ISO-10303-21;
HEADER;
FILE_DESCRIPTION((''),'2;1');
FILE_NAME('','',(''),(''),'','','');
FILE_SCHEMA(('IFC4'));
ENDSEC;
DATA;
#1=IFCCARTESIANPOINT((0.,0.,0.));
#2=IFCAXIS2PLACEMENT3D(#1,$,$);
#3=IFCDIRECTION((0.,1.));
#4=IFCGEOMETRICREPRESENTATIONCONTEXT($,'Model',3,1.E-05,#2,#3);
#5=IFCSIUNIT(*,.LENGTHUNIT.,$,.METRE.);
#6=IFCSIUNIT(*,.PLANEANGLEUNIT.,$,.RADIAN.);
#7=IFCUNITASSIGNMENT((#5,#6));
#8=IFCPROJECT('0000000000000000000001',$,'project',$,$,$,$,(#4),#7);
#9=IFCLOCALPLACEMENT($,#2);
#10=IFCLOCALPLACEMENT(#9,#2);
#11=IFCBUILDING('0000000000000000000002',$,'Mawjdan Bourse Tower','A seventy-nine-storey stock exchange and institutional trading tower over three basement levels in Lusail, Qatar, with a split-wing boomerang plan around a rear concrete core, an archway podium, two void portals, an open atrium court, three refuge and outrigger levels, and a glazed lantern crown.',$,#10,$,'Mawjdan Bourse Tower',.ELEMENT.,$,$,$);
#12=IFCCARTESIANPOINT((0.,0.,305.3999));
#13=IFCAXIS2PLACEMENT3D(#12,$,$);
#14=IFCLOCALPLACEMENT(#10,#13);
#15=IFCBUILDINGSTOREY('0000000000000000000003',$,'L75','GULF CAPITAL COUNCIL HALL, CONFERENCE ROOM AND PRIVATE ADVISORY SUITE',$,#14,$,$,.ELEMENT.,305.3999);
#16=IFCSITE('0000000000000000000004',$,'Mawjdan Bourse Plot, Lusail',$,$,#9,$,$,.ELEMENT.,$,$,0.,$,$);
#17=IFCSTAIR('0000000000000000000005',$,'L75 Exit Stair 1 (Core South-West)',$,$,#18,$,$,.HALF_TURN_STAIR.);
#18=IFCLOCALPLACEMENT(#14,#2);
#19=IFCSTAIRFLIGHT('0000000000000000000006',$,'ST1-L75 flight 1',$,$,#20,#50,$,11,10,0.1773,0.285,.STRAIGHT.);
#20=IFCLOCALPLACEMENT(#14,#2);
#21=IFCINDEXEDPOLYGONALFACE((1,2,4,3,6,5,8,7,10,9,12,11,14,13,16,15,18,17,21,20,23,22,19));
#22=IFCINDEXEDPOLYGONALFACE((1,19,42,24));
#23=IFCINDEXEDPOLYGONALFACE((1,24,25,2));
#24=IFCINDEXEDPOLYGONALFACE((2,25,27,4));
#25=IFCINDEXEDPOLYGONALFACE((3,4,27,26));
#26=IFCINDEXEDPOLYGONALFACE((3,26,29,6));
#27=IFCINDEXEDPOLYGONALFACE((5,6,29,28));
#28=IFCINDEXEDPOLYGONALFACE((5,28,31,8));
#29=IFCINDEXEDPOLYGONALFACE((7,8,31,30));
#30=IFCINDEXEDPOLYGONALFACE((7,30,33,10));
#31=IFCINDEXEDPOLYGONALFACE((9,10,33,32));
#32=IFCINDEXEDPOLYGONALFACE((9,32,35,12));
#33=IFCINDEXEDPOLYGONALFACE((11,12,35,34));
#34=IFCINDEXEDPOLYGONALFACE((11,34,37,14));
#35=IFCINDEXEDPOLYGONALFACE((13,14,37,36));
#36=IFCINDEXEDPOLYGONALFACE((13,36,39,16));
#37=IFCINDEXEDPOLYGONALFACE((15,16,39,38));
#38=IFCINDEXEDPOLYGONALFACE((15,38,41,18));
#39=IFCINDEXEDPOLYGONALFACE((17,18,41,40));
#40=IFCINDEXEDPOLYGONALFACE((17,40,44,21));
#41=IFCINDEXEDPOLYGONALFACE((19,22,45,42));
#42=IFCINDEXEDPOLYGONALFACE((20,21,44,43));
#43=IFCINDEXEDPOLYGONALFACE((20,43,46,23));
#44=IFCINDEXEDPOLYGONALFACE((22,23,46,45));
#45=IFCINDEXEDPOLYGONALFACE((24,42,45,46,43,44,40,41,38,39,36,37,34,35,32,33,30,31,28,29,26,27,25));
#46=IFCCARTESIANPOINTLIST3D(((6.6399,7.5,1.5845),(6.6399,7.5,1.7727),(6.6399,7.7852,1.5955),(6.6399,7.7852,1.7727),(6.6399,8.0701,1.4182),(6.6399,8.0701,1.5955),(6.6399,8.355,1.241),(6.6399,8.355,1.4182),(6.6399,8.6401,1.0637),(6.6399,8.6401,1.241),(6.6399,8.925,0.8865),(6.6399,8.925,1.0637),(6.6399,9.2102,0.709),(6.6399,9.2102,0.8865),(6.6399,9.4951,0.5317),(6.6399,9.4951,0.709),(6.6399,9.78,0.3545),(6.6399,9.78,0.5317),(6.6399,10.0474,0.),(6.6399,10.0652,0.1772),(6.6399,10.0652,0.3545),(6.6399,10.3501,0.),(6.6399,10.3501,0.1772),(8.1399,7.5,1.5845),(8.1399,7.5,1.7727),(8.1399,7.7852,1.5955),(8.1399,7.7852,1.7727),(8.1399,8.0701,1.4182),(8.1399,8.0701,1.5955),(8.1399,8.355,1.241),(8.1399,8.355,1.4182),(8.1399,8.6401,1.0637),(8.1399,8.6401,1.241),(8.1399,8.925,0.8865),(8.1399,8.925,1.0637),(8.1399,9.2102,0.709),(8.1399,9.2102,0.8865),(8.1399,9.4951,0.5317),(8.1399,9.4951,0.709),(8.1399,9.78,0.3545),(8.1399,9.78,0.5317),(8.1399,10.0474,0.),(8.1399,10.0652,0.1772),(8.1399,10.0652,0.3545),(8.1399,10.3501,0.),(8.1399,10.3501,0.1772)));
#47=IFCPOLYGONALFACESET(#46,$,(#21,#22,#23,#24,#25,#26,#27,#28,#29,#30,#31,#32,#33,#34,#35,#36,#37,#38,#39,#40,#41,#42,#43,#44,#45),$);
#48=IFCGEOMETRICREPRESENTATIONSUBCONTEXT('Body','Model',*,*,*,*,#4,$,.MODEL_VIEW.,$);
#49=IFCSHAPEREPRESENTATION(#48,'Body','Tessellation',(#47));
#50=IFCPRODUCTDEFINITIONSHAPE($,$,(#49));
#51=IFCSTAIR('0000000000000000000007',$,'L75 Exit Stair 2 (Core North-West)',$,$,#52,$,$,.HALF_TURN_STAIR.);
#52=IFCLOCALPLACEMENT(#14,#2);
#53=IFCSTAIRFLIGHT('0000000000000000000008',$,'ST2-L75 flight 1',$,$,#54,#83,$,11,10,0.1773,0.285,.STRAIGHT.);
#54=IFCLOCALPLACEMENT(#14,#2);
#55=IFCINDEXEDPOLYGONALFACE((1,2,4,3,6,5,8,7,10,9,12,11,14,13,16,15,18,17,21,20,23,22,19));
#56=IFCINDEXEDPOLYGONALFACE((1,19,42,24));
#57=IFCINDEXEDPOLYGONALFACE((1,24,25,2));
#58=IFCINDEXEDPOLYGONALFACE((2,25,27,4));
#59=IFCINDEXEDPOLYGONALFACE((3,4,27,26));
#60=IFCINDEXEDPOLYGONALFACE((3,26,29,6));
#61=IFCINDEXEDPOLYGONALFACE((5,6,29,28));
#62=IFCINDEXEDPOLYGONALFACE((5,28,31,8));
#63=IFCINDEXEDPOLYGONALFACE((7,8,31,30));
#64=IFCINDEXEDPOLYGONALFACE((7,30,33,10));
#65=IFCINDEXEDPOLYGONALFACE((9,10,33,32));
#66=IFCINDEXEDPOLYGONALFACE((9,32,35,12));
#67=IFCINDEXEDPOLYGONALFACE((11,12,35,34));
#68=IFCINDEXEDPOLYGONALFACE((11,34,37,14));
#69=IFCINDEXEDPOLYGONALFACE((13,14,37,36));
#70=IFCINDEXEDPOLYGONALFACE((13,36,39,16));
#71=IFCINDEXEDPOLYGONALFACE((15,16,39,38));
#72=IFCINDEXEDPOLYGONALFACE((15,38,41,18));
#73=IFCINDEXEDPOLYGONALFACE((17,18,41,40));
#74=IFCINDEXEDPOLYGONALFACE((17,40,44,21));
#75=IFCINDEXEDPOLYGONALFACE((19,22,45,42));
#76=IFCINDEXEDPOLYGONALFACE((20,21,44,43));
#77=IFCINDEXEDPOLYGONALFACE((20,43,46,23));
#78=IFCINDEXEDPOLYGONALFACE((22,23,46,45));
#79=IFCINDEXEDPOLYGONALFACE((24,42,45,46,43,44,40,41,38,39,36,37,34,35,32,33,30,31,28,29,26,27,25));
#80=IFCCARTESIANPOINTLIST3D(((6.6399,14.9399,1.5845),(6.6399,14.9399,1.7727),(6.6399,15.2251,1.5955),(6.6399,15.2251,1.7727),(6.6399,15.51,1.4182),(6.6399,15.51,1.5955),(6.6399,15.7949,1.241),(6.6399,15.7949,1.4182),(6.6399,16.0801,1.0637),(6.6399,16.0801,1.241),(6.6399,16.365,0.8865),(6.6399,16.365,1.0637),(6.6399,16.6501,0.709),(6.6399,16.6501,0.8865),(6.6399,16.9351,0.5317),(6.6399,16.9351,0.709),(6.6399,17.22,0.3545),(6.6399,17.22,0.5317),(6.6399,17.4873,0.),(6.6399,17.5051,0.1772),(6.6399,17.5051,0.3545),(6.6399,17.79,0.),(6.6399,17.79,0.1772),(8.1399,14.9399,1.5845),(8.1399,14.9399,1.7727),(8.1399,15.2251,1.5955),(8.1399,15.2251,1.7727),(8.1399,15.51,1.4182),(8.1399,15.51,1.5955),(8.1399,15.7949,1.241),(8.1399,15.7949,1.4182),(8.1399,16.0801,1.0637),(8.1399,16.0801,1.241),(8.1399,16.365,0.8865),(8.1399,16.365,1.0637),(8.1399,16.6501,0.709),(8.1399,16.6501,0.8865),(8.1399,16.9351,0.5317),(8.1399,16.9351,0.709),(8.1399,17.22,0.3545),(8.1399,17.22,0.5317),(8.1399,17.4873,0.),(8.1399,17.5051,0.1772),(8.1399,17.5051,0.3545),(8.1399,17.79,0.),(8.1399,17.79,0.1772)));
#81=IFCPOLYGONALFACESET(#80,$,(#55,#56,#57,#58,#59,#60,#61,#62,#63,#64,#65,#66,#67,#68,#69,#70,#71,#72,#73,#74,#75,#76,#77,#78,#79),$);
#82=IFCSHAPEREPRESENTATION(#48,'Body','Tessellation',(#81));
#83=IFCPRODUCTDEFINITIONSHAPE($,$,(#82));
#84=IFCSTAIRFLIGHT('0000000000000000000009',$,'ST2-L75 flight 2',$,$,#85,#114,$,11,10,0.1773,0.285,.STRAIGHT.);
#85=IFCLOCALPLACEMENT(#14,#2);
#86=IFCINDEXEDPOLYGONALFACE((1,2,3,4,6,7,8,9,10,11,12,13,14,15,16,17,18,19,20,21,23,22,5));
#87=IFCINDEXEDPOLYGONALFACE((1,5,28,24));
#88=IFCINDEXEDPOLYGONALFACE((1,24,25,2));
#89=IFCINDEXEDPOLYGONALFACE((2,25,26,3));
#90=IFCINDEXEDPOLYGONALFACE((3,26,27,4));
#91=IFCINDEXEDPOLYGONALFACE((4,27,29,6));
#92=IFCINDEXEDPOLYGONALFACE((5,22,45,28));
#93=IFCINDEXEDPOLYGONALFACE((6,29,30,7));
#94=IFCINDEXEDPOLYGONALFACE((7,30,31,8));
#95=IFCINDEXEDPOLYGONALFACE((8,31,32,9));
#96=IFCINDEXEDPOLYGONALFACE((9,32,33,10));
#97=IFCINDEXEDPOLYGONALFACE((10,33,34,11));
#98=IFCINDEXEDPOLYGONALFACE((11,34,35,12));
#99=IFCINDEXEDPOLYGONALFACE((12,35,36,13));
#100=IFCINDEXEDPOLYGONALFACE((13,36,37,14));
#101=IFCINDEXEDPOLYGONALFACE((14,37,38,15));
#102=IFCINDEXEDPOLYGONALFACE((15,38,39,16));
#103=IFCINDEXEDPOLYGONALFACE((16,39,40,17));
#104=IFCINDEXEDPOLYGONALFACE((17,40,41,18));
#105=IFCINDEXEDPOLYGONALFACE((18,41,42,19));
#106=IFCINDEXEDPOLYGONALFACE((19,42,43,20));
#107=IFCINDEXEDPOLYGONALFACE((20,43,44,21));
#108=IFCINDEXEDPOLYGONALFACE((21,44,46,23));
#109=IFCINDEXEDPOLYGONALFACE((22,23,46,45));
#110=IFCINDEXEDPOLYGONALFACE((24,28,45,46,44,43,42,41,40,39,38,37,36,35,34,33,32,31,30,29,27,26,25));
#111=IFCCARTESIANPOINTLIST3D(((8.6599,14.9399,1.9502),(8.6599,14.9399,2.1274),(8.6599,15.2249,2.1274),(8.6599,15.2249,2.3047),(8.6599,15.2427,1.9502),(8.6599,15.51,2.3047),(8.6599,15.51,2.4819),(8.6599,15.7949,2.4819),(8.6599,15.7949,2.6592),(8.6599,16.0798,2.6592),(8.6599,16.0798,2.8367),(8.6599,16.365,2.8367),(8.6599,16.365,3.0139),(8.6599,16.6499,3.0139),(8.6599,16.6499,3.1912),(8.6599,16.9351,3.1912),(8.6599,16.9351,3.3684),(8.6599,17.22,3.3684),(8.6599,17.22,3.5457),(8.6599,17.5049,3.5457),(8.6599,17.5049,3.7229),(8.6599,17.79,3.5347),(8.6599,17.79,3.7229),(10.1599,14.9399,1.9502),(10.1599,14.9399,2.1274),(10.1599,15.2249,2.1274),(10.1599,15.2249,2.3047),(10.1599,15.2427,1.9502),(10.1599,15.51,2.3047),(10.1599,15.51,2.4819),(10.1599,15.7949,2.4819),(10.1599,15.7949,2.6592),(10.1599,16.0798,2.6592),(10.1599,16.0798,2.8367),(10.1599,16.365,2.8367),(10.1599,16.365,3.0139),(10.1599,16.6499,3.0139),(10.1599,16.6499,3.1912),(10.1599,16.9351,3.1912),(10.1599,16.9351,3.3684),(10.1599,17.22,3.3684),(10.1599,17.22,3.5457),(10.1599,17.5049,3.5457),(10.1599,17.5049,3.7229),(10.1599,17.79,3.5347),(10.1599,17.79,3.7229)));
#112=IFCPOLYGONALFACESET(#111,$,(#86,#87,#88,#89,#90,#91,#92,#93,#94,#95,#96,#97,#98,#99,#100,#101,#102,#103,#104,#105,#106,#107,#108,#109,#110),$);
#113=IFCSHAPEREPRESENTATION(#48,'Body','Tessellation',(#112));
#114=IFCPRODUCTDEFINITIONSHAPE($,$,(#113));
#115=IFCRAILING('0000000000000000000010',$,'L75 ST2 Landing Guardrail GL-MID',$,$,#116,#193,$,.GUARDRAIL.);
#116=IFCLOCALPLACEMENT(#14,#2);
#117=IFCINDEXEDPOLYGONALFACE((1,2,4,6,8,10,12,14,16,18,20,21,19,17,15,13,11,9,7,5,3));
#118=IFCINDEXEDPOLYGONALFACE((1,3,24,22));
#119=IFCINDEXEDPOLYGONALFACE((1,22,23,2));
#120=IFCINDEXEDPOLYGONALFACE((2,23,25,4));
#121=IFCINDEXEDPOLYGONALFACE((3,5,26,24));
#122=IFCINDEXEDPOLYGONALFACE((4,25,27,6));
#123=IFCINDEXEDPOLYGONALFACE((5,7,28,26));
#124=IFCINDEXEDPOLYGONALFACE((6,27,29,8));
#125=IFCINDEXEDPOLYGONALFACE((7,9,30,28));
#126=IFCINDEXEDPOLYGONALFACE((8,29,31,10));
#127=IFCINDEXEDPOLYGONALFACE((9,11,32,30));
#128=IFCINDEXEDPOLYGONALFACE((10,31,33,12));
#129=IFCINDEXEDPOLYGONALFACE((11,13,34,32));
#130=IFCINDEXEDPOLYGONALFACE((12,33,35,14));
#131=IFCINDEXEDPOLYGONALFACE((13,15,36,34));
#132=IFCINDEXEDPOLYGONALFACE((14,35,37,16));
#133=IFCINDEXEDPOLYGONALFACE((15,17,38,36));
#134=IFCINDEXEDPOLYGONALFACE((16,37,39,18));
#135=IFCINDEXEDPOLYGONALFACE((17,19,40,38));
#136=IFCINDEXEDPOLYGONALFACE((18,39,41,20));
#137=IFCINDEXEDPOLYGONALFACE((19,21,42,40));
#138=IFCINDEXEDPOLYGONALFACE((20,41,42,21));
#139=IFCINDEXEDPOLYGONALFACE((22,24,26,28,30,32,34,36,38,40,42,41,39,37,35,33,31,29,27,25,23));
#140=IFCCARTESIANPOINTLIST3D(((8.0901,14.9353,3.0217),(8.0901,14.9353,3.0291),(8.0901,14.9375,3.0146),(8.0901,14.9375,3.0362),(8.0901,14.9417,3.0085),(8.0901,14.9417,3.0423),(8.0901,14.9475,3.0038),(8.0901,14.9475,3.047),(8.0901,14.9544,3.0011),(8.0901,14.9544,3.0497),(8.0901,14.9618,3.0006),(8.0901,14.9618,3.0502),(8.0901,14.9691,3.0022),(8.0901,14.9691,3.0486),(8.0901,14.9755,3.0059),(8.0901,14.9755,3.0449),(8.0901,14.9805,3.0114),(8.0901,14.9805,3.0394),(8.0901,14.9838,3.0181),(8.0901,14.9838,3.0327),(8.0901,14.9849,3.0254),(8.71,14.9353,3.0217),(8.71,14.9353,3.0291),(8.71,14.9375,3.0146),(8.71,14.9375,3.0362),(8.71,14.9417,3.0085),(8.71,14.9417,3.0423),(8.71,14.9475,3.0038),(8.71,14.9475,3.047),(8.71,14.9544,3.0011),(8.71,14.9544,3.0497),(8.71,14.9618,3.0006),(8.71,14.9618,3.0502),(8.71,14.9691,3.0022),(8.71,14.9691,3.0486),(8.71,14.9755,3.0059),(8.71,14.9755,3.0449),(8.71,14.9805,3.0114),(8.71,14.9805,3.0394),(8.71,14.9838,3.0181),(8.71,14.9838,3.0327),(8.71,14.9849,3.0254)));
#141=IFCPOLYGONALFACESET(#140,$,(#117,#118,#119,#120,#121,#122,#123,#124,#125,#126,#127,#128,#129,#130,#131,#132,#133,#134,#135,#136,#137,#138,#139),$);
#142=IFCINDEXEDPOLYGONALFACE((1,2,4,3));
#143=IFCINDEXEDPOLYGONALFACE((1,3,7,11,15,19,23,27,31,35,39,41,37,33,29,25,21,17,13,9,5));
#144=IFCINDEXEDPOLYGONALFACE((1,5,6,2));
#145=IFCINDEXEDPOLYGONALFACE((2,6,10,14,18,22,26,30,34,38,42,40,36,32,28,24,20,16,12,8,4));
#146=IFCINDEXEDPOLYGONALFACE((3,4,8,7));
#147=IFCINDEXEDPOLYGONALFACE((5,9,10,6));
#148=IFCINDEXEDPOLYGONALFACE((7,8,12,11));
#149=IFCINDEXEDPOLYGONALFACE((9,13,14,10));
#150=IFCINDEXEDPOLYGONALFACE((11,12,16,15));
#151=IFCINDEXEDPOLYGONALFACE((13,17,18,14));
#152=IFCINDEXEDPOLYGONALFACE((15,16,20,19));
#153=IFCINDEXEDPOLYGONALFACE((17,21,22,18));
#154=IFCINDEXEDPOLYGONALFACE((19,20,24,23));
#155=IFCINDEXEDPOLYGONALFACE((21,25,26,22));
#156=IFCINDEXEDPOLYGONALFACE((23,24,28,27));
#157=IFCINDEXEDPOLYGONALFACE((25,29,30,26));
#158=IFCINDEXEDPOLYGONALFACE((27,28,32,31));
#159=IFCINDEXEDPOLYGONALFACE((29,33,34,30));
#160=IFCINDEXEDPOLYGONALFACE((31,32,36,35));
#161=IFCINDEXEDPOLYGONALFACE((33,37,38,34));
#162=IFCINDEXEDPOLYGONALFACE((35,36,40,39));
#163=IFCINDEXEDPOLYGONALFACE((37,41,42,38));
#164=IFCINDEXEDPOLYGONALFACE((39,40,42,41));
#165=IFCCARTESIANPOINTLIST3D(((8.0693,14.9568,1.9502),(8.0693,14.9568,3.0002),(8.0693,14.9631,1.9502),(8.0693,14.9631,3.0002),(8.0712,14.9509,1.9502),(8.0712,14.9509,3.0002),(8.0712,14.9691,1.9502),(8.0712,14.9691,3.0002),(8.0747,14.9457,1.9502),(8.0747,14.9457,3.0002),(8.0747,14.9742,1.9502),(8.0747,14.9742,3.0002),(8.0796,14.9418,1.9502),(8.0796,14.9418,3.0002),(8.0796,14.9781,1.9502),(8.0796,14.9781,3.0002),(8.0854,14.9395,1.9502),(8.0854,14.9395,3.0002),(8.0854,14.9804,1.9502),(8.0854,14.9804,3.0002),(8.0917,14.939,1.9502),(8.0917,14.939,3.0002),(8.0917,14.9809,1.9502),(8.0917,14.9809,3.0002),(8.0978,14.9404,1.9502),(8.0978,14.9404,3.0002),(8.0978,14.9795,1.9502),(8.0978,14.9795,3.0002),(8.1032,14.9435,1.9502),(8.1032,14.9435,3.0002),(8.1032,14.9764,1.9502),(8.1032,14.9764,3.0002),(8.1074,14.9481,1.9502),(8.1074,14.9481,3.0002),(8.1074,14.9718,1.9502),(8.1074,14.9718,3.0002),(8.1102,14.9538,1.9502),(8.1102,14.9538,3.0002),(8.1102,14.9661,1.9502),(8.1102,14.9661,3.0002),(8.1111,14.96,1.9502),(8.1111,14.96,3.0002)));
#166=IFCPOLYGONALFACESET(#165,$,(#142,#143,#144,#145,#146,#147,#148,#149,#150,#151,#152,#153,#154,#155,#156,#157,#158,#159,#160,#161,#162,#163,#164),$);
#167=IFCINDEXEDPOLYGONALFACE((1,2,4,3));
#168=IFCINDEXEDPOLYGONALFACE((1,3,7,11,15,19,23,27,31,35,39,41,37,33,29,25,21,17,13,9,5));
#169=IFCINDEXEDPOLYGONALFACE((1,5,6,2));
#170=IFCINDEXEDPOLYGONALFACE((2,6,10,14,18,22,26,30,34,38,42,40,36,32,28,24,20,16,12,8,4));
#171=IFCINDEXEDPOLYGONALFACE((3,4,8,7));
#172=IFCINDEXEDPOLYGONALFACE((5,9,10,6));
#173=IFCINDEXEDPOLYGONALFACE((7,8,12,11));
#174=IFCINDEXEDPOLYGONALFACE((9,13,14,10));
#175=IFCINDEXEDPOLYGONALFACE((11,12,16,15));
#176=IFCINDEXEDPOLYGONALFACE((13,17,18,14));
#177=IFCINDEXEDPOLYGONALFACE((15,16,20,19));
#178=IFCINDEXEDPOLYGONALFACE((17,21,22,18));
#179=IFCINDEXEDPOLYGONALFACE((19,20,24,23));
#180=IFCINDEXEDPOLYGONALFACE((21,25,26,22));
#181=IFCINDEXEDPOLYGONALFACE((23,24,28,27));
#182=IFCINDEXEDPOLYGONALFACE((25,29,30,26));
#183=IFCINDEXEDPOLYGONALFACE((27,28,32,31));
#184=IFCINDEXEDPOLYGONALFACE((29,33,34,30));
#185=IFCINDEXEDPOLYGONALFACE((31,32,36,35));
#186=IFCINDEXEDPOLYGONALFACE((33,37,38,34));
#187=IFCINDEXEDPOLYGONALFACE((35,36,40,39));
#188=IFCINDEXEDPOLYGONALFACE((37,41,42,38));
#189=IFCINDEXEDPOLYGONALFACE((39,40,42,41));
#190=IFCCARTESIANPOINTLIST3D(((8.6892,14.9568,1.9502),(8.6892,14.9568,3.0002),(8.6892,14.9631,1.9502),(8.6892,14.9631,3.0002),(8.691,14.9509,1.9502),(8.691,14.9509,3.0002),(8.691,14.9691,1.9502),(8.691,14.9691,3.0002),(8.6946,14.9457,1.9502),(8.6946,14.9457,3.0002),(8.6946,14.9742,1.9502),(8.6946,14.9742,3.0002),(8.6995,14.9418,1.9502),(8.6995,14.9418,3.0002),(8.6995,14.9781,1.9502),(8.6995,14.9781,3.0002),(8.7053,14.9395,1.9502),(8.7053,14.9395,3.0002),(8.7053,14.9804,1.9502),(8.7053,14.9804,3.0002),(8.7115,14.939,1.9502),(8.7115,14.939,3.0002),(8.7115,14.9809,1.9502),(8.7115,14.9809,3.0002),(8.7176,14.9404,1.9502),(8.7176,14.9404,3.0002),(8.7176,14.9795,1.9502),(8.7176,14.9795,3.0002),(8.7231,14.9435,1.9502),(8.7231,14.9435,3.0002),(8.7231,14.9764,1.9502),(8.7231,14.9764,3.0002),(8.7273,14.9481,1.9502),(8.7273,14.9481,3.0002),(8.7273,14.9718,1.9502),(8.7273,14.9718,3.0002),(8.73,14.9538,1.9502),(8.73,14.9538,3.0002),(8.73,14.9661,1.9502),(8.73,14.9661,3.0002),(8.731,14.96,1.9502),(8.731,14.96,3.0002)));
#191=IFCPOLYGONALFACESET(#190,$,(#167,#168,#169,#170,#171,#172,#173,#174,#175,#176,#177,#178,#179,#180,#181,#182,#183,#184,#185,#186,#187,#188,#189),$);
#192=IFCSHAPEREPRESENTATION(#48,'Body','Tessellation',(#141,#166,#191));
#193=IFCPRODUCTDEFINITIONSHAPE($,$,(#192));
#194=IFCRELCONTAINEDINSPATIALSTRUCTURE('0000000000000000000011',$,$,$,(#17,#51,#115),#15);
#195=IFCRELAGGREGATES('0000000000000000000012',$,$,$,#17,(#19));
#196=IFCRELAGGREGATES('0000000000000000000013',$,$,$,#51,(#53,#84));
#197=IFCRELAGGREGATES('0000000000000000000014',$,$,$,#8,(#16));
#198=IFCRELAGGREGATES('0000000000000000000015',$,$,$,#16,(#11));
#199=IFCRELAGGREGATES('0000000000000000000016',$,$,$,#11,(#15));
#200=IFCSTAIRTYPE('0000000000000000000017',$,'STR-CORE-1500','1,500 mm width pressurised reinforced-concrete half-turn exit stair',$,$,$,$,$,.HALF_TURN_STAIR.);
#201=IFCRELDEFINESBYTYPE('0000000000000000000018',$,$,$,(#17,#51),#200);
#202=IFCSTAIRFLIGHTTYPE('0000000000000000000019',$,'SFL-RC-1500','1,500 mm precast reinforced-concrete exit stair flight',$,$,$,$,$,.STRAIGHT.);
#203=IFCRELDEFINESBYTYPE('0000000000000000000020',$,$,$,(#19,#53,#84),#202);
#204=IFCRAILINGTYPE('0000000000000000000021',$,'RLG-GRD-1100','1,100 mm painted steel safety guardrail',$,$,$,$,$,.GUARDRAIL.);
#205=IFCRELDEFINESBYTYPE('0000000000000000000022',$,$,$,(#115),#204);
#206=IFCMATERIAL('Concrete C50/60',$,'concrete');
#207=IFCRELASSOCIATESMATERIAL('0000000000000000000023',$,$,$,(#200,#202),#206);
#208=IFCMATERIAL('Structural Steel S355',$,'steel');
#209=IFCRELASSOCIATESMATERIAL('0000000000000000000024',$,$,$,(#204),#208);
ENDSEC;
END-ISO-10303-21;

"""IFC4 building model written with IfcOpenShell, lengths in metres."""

from ifc_helpers import new_model, si_unit, direction, frame, origin, origin_2d, place, context, subcontext, project, spatial, polyline, circle, outline, extrude, material, type_object, element, aggregate, save


model = new_model("IFC4")

# Units and contexts
model_context = context("Model", 3, precision=1e-05, world=origin(), true_north=direction((0.0, 1.0)))
body_context = subcontext(model_context, "Body", "Model", "MODEL_VIEW")
ifc_project = project(units=[si_unit("LENGTHUNIT", "METRE"), si_unit("PLANEANGLEUNIT", "RADIAN")], contexts=[model_context])

# Site, building, storey
site_placement = place(None, origin())
site = spatial("IfcSite", under=ifc_project, at=site_placement, Name="Mawjdan Bourse Plot, Lusail", CompositionType="ELEMENT", RefElevation=0.0)
building_placement = place(site_placement, origin())
building = spatial("IfcBuilding", under=site, at=building_placement, Name="Mawjdan Bourse Tower", Description="A seventy-nine-storey stock exchange and institutional trading tower over three basement levels in Lusail, Qatar, with a split-wing boomerang plan around a rear concrete core, an archway podium, two void portals, an open atrium court, three refuge and outrigger levels, and a glazed lantern crown.", LongName="Mawjdan Bourse Tower", CompositionType="ELEMENT")
storey_placement = place(building_placement, frame((0.0, 0.0, 305.3999)))
storey = spatial("IfcBuildingStorey", under=building, at=storey_placement, Name="L75", Description="GULF CAPITAL COUNCIL HALL, CONFERENCE ROOM AND PRIVATE ADVISORY SUITE", CompositionType="ELEMENT", Elevation=305.3999)

# Shared definitions
ifc_material_1 = material(Name="Concrete C50/60", Category="concrete")

# Stair, stair flight
stair_type = type_object("IfcStairType", Name="STR-CORE-1500", Description="1,500 mm width pressurised reinforced-concrete half-turn exit stair", PredefinedType="HALF_TURN_STAIR", material=ifc_material_1)
stair_1_placement = place(storey_placement, origin())
stair_1 = element("IfcStair", 1, at=stair_1_placement, inside=storey, type_object=stair_type, Name="L75 Exit Stair 1 (Core South-West)", PredefinedType="HALF_TURN_STAIR")
stair_flight_type = type_object("IfcStairFlightType", Name="SFL-RC-1500", Description="1,500 mm precast reinforced-concrete exit stair flight", PredefinedType="STRAIGHT", material=ifc_material_1)
stair_flight_1_placement = place(storey_placement, frame((7.3899, 10.3501, 0.0), z_axis=(0.0, 0.0, 1.0), x_axis=(0.0, -1.0, 0.0)))
stair_flight_1 = element("IfcStairFlight", 2, at=stair_flight_1_placement, type_object=stair_flight_type, Name="ST1-L75 flight 1", NumberOfRisers=11, NumberOfTreads=10, PredefinedType="STRAIGHT", RiserHeight=0.1773, TreadLength=0.285, context=body_context, shape_type="SweptSolid", body=[
    extrude(outline(polyline([(0.0, 0.0), (0.0, 0.1772), (0.2849, 0.1772), (0.2849, 0.3545), (0.5701, 0.3545), (0.5701, 0.5317), (0.855, 0.5317), (0.855, 0.709), (1.1399, 0.709), (1.1399, 0.8865), (1.425, 0.8865), (1.425, 1.0637), (1.71, 1.0637), (1.71, 1.241), (1.9951, 1.241), (1.9951, 1.4182), (2.28, 1.4182), (2.28, 1.5955), (2.5649, 1.5955), (2.5649, 1.7727), (2.8501, 1.7727), (2.8501, 1.95), (2.8501, 1.5845), (0.3027, 0.0), (0.0, 0.0)])), frame((0.0, 0.75, 0.0), z_axis=(0.0, -1.0, 0.0), x_axis=(1.0, 0.0, 0.0)), (0.0, 0.0, 1.0), 1.5),
])
aggregate(stair_1, [stair_flight_1])

# Stair, stair flights
stair_2_placement = place(storey_placement, origin())
stair_2 = element("IfcStair", 3, at=stair_2_placement, inside=storey, type_object=stair_type, Name="L75 Exit Stair 2 (Core North-West)", PredefinedType="HALF_TURN_STAIR")
stair_flight_2_placement = place(storey_placement, frame((7.3899, 17.79, 0.0), z_axis=(0.0, 0.0, 1.0), x_axis=(0.0, -1.0, 0.0)))
stair_flight_2 = element("IfcStairFlight", 4, at=stair_flight_2_placement, type_object=stair_flight_type, Name="ST2-L75 flight 1", NumberOfRisers=11, NumberOfTreads=10, PredefinedType="STRAIGHT", RiserHeight=0.1773, TreadLength=0.285, context=body_context, shape_type="SweptSolid", body=[
    extrude(outline(polyline([(0.0, 0.0), (0.0, 0.1772), (0.2849, 0.1772), (0.2849, 0.3545), (0.5701, 0.3545), (0.5701, 0.5317), (0.855, 0.5317), (0.855, 0.709), (1.1399, 0.709), (1.1399, 0.8865), (1.425, 0.8865), (1.425, 1.0637), (1.71, 1.0637), (1.71, 1.241), (1.9951, 1.241), (1.9951, 1.4182), (2.28, 1.4182), (2.28, 1.5955), (2.5649, 1.5955), (2.5649, 1.7727), (2.8501, 1.7727), (2.8501, 1.95), (2.8501, 1.5845), (0.3027, 0.0), (0.0, 0.0)])), frame((0.0, 0.75, 0.0), z_axis=(0.0, -1.0, 0.0), x_axis=(1.0, 0.0, 0.0)), (0.0, 0.0, 1.0), 1.5),
])
stair_flight_3_placement = place(storey_placement, frame((9.4099, 14.9399, 1.9502), z_axis=(0.0, 0.0, 1.0), x_axis=(0.0, 1.0, 0.0)))
stair_flight_3 = element("IfcStairFlight", 5, at=stair_flight_3_placement, type_object=stair_flight_type, Name="ST2-L75 flight 2", NumberOfRisers=11, NumberOfTreads=10, PredefinedType="STRAIGHT", RiserHeight=0.1773, TreadLength=0.285, context=body_context, shape_type="SweptSolid", body=[
    extrude(outline(polyline([(0.0, 0.0), (0.0, 0.1772), (0.2849, 0.1772), (0.2849, 0.3545), (0.5701, 0.3545), (0.5701, 0.5317), (0.855, 0.5317), (0.855, 0.709), (1.1399, 0.709), (1.1399, 0.8865), (1.425, 0.8865), (1.425, 1.0637), (1.71, 1.0637), (1.71, 1.241), (1.9951, 1.241), (1.9951, 1.4182), (2.28, 1.4182), (2.28, 1.5955), (2.5649, 1.5955), (2.5649, 1.7727), (2.8501, 1.7727), (2.8501, 1.95), (2.8501, 1.5845), (0.3027, 0.0), (0.0, 0.0)])), frame((0.0, 0.75, 0.0), z_axis=(0.0, -1.0, 0.0), x_axis=(1.0, 0.0, 0.0)), (0.0, 0.0, 1.0), 1.5),
])
aggregate(stair_2, [stair_flight_2, stair_flight_3])

# Railing
ifc_material_2 = material(Name="Structural Steel S355", Category="steel")
railing_type_1 = type_object("IfcRailingType", Name="RLG-GRD-1100", Description="1,100 mm painted steel safety guardrail", PredefinedType="GUARDRAIL", material=ifc_material_2)
for number, where, name in (
    (6, (8.0901, 14.96, 1.9502), "L75 ST2 Landing Guardrail GL-MID"),
):
    element("IfcRailing", number, at=place(storey_placement, frame(where)), inside=storey, type_object=railing_type_1, Name=name, PredefinedType="GUARDRAIL", context=body_context, shape_type="SweptSolid", body=[
        extrude(circle(Radius=0.0249, at=origin_2d()), frame((0.0, 0.0, 1.0752), z_axis=(1.0, 0.0, 0.0), x_axis=(0.0, 1.0, 0.0)), (0.0, 0.0, 1.0), 0.6199),
        extrude(circle(Radius=0.021, at=origin_2d()), origin(), (0.0, 0.0, 1.0), 1.05),
        extrude(circle(Radius=0.021, at=origin_2d()), frame((0.6199, 0.0, 0.0)), (0.0, 0.0, 1.0), 1.05),
    ])

save(model, "model.ifc")
